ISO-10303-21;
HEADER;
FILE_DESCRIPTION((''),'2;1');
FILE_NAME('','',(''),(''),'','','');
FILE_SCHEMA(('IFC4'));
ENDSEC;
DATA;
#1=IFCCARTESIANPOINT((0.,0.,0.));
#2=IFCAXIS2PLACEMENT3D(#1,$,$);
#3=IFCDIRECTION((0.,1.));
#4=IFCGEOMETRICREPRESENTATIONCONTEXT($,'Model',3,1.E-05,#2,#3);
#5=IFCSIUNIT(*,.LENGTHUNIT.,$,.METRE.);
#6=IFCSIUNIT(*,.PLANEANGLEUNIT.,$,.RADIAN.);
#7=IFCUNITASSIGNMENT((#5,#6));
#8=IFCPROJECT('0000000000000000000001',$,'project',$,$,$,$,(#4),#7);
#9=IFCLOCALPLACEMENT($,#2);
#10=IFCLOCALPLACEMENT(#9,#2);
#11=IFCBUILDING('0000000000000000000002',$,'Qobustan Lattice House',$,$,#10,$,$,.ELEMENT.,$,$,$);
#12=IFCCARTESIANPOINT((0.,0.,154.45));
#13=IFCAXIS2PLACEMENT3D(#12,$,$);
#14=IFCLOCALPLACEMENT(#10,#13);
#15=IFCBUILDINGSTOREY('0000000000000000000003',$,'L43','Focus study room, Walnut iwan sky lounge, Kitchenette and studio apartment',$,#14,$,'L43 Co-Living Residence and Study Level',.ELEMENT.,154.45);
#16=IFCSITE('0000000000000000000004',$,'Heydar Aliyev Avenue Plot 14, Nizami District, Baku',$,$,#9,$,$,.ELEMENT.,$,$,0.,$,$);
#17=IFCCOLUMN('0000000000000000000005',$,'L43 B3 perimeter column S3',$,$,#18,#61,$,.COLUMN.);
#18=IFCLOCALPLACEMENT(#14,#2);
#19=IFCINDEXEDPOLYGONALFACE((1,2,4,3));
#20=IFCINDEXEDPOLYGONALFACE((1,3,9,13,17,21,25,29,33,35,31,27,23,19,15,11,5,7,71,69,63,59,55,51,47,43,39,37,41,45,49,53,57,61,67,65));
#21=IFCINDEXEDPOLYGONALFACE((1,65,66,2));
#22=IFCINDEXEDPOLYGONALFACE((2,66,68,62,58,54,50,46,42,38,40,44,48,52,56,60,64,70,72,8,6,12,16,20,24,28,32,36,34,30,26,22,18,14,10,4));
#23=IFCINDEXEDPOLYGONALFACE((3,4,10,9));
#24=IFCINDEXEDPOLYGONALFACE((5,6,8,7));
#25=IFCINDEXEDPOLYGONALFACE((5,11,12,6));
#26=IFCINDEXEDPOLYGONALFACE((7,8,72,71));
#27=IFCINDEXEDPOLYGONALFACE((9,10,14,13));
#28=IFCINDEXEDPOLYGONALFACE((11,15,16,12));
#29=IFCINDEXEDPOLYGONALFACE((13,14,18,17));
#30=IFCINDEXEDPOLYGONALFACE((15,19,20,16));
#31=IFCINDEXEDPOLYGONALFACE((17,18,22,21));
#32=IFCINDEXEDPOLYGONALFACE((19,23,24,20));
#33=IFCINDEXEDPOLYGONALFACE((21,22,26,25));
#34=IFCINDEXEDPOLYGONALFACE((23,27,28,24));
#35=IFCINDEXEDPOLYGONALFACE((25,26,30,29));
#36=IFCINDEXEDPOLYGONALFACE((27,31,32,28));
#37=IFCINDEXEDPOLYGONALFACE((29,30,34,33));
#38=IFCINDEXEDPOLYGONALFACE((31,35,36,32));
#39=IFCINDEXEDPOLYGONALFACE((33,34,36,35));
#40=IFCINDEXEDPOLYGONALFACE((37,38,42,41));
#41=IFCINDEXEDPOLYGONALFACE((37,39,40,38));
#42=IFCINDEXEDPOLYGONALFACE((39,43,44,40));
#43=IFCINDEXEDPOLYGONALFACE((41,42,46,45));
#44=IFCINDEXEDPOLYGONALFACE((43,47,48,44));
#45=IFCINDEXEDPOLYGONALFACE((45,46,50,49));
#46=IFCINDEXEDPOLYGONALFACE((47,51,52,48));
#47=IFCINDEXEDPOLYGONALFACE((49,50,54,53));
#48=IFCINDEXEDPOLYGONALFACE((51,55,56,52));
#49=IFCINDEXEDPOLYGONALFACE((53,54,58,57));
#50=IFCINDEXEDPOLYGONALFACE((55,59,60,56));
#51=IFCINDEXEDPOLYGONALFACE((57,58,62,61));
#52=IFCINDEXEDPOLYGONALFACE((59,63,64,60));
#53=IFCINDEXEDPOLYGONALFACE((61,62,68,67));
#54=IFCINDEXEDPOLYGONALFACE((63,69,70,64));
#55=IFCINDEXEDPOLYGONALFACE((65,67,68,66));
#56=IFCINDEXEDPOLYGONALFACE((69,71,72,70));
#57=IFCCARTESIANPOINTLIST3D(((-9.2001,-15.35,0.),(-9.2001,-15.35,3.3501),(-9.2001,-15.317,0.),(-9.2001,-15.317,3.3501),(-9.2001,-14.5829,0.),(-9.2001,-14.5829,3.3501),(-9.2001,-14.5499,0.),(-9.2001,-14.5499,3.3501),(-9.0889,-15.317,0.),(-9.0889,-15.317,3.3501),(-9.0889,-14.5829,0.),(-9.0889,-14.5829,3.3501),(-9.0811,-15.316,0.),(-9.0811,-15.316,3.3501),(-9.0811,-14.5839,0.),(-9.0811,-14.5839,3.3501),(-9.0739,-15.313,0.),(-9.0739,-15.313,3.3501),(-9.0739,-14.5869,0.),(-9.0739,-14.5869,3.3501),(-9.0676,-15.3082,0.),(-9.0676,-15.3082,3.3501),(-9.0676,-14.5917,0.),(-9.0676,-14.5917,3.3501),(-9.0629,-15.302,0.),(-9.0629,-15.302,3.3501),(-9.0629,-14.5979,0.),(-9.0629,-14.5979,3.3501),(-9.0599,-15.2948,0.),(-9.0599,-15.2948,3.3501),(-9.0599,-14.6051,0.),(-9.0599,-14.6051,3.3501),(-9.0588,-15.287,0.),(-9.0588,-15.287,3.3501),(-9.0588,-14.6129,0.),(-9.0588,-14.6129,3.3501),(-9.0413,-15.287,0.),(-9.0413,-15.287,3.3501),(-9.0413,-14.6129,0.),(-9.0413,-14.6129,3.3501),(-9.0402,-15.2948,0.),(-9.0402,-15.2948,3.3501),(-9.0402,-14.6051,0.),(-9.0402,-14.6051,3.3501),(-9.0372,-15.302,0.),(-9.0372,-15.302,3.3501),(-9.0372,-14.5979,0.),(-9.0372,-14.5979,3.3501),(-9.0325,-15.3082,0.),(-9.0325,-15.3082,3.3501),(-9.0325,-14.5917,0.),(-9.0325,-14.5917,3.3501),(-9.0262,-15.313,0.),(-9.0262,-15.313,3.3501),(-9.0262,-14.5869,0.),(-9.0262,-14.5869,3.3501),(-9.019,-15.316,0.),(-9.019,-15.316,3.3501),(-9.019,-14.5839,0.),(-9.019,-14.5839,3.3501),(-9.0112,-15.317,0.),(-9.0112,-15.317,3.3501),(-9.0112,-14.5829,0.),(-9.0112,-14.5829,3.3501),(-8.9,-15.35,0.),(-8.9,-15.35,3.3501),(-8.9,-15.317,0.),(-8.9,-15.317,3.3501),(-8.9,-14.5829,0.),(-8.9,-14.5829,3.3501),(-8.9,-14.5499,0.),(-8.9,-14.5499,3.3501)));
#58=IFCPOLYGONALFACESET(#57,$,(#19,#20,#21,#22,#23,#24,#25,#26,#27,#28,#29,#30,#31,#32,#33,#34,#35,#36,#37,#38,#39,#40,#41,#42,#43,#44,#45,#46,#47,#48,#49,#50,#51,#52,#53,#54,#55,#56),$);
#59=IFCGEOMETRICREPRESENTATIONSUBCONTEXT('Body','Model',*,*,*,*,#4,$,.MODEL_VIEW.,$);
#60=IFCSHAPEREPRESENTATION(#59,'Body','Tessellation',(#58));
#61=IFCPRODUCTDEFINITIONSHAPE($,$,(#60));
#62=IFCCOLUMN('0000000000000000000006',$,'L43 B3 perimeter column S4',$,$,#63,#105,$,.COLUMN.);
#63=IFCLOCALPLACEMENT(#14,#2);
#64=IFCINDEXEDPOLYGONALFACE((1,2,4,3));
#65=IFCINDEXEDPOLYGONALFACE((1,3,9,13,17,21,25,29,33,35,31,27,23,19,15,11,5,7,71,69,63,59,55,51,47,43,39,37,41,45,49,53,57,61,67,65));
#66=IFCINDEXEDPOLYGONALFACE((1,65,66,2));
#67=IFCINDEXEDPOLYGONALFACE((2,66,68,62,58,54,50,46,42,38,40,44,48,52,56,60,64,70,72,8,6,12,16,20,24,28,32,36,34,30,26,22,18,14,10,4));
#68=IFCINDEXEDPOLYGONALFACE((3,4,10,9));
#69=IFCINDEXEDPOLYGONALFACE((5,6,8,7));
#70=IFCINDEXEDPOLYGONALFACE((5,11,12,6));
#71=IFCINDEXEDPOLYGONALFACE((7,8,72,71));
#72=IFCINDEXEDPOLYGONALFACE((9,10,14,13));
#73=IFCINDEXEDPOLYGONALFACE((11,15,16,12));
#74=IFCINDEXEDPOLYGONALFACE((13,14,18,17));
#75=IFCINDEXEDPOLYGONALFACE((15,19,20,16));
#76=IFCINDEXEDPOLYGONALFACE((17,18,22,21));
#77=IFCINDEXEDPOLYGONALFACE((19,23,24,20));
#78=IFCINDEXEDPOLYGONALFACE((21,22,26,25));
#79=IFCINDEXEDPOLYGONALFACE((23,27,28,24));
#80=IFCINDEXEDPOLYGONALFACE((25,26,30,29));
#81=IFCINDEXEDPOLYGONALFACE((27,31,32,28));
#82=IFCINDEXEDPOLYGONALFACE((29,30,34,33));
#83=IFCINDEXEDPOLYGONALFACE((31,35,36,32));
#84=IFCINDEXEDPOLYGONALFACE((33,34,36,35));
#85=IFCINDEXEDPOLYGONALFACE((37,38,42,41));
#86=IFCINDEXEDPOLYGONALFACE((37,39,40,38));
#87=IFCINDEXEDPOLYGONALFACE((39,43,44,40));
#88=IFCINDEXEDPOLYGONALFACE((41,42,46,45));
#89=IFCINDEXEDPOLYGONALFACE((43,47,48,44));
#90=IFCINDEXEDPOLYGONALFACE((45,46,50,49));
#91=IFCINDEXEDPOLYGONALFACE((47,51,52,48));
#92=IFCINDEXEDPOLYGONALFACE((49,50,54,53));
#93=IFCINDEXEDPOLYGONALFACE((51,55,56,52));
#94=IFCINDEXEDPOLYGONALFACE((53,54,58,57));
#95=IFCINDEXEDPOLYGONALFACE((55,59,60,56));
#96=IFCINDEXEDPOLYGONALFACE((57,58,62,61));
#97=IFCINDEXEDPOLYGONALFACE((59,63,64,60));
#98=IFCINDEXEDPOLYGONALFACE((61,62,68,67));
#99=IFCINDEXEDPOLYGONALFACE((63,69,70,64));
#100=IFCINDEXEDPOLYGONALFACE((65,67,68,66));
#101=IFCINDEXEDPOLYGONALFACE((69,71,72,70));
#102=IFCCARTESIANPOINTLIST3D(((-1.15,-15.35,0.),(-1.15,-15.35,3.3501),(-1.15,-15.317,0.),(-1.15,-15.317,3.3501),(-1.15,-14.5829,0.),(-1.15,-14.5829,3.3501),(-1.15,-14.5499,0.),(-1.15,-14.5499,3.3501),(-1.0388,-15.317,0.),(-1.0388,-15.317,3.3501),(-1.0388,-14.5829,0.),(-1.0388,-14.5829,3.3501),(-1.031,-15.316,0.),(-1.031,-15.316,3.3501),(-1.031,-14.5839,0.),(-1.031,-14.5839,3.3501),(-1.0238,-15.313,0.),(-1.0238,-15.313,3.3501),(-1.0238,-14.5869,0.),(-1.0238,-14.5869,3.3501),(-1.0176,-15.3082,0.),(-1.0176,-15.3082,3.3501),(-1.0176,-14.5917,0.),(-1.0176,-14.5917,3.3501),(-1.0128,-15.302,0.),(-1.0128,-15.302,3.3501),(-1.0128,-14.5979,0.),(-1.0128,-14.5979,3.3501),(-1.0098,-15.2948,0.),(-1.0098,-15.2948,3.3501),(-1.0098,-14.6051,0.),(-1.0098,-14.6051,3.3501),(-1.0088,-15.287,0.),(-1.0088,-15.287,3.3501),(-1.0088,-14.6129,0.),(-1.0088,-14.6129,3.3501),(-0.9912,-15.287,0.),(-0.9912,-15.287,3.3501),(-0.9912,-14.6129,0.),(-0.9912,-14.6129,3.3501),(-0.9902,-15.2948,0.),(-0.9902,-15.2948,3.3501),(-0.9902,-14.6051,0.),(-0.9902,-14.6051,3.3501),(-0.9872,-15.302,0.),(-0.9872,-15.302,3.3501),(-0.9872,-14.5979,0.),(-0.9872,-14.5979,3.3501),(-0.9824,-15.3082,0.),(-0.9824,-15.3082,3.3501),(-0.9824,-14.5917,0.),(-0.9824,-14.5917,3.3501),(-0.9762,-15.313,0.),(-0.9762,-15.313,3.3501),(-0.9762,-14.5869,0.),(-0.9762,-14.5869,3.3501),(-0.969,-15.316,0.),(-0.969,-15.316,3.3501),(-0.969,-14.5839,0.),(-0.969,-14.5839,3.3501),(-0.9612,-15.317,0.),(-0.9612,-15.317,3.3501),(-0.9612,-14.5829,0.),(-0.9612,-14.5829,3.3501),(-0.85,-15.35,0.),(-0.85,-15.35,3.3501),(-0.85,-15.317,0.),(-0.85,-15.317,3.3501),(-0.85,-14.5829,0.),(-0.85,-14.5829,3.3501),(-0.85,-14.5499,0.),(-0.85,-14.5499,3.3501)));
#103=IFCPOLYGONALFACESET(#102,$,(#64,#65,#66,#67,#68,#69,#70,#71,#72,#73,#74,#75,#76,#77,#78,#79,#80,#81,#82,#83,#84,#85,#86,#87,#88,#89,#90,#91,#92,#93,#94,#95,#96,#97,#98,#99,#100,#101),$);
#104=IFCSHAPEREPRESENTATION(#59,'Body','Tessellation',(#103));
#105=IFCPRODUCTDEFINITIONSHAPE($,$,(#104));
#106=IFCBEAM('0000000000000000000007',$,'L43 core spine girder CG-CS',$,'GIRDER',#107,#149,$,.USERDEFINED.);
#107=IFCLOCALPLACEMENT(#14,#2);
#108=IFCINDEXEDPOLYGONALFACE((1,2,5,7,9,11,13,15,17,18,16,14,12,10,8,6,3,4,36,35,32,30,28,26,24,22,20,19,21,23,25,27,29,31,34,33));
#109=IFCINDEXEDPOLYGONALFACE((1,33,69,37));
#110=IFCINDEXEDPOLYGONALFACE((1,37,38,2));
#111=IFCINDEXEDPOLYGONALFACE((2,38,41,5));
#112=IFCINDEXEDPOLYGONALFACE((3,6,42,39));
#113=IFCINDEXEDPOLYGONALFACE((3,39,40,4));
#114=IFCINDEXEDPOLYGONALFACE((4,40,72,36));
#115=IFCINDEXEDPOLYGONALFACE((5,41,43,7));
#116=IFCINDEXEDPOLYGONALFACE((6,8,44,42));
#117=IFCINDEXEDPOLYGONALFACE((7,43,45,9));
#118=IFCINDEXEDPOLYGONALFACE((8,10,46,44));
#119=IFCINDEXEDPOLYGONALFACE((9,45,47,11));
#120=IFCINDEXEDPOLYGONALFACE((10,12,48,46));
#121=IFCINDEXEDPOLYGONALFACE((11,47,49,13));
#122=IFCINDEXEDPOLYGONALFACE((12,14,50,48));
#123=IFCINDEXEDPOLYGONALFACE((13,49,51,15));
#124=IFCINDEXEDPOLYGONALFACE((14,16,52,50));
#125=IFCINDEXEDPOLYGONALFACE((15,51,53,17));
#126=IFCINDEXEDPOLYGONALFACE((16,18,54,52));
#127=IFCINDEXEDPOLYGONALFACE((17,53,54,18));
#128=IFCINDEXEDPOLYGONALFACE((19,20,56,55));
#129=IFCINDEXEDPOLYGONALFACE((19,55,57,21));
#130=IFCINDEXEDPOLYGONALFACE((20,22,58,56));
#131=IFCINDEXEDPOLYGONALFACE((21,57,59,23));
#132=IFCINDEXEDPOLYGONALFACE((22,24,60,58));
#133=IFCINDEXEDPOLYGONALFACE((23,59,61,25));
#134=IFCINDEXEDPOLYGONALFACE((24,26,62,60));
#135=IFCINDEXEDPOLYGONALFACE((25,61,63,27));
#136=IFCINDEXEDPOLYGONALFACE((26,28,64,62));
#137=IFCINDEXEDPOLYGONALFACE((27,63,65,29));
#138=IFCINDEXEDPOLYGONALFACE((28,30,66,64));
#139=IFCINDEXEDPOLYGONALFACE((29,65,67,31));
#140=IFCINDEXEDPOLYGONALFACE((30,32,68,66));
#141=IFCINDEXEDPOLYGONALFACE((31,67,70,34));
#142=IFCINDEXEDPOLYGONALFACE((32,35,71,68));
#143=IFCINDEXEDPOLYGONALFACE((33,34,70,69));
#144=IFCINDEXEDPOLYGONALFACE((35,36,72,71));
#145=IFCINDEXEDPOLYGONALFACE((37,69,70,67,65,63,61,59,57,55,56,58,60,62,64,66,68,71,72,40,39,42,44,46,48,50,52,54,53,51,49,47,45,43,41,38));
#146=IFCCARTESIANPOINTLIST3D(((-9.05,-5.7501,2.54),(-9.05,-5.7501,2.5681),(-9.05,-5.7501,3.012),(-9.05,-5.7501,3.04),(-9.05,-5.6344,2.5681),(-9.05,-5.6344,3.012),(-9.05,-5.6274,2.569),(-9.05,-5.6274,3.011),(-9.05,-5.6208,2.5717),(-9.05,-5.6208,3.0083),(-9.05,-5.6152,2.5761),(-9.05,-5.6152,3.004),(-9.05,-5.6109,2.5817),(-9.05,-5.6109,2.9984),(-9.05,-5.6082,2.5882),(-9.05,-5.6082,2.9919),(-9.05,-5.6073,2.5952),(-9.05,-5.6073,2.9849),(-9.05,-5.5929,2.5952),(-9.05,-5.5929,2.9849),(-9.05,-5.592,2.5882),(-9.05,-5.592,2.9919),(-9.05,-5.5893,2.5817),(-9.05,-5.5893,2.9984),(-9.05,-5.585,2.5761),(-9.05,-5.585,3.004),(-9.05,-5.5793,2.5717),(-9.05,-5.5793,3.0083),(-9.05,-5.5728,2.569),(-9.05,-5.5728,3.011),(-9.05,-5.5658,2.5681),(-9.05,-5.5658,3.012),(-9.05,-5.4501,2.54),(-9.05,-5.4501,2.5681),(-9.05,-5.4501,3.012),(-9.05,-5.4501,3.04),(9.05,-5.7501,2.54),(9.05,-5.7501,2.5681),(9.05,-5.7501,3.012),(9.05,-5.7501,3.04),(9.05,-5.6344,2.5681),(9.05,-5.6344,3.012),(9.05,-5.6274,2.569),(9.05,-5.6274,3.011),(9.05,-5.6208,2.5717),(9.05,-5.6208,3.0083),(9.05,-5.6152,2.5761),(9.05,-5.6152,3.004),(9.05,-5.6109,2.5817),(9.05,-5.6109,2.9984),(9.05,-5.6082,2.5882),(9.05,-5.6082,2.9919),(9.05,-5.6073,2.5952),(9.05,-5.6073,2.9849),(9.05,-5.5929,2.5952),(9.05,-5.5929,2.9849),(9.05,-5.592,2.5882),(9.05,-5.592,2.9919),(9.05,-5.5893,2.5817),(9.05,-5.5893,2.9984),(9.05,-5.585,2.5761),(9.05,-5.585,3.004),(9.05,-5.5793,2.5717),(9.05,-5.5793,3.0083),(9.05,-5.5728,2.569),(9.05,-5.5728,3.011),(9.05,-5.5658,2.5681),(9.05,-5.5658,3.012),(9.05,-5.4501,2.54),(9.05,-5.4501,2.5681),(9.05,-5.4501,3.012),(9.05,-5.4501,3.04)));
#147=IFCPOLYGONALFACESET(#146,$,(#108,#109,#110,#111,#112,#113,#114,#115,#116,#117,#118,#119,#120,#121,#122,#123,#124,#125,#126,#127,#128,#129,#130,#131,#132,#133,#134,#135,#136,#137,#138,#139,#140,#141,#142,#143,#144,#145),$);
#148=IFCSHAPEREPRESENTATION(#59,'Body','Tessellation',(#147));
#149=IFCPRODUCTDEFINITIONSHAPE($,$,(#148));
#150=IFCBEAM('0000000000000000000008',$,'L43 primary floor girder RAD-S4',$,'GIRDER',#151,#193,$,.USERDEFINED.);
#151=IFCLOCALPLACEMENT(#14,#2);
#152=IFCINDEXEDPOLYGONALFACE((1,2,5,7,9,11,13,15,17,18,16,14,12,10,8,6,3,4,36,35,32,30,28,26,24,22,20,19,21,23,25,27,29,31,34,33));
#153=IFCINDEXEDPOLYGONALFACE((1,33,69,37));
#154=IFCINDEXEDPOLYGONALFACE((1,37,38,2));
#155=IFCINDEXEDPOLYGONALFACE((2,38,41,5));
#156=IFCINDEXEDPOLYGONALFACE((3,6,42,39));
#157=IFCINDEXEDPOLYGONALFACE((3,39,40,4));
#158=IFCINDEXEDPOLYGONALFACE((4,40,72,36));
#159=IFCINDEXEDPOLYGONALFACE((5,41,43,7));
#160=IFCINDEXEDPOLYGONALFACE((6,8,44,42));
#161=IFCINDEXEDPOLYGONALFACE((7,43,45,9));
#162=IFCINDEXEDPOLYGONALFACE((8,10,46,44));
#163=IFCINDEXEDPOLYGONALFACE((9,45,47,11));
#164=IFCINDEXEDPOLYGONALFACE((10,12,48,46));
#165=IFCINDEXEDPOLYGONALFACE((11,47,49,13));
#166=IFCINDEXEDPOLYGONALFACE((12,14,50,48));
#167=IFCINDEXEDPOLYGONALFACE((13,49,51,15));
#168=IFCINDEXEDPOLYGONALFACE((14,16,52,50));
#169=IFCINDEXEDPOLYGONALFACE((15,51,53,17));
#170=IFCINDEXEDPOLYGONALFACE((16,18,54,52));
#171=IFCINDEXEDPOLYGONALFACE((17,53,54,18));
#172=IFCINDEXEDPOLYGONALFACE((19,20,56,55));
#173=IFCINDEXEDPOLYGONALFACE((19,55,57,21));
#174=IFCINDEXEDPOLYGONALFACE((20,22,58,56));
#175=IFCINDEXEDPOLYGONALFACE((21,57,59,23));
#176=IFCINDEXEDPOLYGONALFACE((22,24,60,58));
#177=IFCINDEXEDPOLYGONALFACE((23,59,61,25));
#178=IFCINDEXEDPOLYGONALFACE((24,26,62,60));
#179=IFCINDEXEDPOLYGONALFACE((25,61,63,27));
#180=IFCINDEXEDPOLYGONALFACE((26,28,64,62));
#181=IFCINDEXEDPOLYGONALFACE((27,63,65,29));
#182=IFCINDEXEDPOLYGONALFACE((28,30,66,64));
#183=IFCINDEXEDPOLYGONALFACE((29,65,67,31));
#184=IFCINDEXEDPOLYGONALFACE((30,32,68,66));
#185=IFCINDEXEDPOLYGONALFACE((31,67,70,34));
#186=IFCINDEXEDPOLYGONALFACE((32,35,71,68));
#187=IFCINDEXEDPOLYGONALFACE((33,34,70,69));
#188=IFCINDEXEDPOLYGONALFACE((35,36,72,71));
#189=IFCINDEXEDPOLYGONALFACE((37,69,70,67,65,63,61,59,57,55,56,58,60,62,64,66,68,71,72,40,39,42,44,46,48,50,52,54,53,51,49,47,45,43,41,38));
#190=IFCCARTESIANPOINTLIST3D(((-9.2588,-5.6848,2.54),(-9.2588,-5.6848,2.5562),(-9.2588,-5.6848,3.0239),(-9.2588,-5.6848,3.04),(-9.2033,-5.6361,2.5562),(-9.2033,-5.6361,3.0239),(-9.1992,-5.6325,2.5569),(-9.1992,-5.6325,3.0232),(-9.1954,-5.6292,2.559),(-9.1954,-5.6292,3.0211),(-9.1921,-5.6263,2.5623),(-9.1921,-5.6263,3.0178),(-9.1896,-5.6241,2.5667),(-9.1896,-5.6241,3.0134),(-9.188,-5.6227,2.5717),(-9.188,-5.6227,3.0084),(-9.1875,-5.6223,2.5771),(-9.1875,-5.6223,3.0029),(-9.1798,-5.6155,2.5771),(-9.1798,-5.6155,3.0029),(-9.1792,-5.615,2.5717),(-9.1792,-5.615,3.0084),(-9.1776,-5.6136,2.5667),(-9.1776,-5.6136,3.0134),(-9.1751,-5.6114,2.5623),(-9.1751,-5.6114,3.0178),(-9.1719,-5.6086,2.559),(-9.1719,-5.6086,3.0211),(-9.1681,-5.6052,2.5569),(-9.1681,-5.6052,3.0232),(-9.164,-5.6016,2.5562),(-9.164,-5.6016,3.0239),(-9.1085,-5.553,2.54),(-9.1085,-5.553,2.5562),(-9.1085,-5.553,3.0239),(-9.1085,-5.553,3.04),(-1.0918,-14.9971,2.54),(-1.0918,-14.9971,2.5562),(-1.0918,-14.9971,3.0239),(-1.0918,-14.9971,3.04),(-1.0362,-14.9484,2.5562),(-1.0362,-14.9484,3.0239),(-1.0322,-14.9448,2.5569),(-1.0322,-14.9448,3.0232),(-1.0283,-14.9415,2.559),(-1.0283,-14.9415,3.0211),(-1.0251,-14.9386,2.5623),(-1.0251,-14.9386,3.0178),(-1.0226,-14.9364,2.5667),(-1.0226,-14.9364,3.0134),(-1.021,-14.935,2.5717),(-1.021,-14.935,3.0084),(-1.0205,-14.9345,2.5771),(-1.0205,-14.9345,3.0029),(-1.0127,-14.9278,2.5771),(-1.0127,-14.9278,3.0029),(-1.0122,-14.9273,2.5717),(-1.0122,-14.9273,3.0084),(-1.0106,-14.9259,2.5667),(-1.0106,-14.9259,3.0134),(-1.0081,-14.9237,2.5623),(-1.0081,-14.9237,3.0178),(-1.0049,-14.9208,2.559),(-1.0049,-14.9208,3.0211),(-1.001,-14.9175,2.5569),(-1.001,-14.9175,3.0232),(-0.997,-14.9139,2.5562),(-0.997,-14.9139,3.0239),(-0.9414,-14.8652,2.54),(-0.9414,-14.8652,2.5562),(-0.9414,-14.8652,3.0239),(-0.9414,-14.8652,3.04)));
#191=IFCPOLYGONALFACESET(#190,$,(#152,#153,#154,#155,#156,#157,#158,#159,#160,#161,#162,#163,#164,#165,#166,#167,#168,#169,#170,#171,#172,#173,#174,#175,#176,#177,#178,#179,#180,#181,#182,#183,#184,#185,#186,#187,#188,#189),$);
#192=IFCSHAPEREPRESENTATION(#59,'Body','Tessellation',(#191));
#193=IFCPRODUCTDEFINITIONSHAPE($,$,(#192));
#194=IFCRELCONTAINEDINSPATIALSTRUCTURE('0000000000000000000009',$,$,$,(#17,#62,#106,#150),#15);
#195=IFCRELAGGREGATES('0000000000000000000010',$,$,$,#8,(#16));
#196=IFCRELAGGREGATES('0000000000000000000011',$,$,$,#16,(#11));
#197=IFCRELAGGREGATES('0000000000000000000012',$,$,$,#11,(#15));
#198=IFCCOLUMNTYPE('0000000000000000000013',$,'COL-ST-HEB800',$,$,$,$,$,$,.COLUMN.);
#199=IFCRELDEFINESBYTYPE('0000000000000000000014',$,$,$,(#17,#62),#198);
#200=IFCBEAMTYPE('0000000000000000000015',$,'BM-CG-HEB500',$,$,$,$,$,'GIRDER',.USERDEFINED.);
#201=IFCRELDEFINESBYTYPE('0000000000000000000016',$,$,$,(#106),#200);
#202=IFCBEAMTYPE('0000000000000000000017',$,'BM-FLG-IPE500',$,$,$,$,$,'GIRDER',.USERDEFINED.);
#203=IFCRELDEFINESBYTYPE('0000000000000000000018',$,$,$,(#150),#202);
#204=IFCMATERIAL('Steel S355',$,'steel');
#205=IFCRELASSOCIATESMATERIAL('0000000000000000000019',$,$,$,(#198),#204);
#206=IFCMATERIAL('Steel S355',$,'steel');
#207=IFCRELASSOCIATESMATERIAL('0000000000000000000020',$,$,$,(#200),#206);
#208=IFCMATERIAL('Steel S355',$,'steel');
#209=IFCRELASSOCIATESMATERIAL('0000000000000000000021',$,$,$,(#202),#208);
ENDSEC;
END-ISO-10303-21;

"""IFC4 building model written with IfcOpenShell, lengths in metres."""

from ifc_helpers import new_model, si_unit, direction, frame, origin, origin_2d, place, context, subcontext, project, spatial, i_section, extrude, material, material_profile, profile_set, type_object, element, save


model = new_model("IFC4")

# Units and contexts
model_context = context("Model", 3, precision=1e-05, world=origin(), true_north=direction((0.0, 1.0)))
body_context = subcontext(model_context, "Body", "Model", "MODEL_VIEW")
ifc_project = project(units=[si_unit("LENGTHUNIT", "METRE"), si_unit("PLANEANGLEUNIT", "RADIAN")], contexts=[model_context])

# Site, building, storey
site_placement = place(None, origin())
site = spatial("IfcSite", under=ifc_project, at=site_placement, Name="Heydar Aliyev Avenue Plot 14, Nizami District, Baku", CompositionType="ELEMENT", RefElevation=0.0)
building_placement = place(site_placement, origin())
building = spatial("IfcBuilding", under=site, at=building_placement, Name="Qobustan Lattice House", CompositionType="ELEMENT")
storey_placement = place(building_placement, frame((0.0, 0.0, 154.45)))
storey = spatial("IfcBuildingStorey", under=building, at=storey_placement, Name="L43", Description="Focus study room, Walnut iwan sky lounge, Kitchenette and studio apartment", LongName="L43 Co-Living Residence and Study Level", CompositionType="ELEMENT", Elevation=154.45)

# Columns
ifc_material_1 = material(Name="Steel S355", Category="steel")
ifc_material_profile_1 = material_profile(ifc_material_1, i_section(OverallWidth=0.3, OverallDepth=0.8, WebThickness=0.0176, FlangeThickness=0.033, FilletRadius=0.03, at=origin_2d()), Name="HEB800")
ifc_profile_set_1 = profile_set([ifc_material_profile_1], Name="Steel S355")
column_type = type_object("IfcColumnType", Name="COL-ST-HEB800", PredefinedType="COLUMN", material=ifc_profile_set_1)
for number, where, z_axis, x_axis, name in (
    (1, (-9.05, -14.95, 0.0), (0.0, 0.0, 1.0), (1.0, 0.0, 0.0), "L43 B3 perimeter column S3"),
    (2, (-1.0, -14.95, 0.0), (0.0, 0.0, 1.0), (1.0, 0.0, 0.0), "L43 B3 perimeter column S4"),
):
    element("IfcColumn", number, at=place(storey_placement, frame(where, z_axis=z_axis, x_axis=x_axis)), inside=storey, type_object=column_type, Name=name, PredefinedType="COLUMN", context=body_context, shape_type="SweptSolid", body=[
        extrude(i_section(OverallWidth=0.3, OverallDepth=0.8, WebThickness=0.0176, FlangeThickness=0.033, FilletRadius=0.03, at=origin_2d()), origin(), (0.0, 0.0, 1.0), 3.3501),
    ])

# Beams
ifc_material_2 = material(Name="Steel S355", Category="steel")
ifc_material_profile_2 = material_profile(ifc_material_2, i_section(OverallWidth=0.3, OverallDepth=0.5, WebThickness=0.0144, FlangeThickness=0.0281, FilletRadius=0.0271, at=origin_2d()), Name="HEB500")
ifc_profile_set_2 = profile_set([ifc_material_profile_2], Name="Steel S355")
beam_type_1 = type_object("IfcBeamType", Name="BM-CG-HEB500", ElementType="GIRDER", PredefinedType="USERDEFINED", material=ifc_profile_set_2)
beam_1_placement = place(storey_placement, frame((-9.05, -5.6001, 2.79), z_axis=(1.0, 0.0, 0.0), x_axis=(0.0, 1.0, 0.0)))
element("IfcBeam", 3, at=beam_1_placement, inside=storey, type_object=beam_type_1, Name="L43 core spine girder CG-CS", ObjectType="GIRDER", PredefinedType="USERDEFINED", context=body_context, shape_type="SweptSolid", body=[
    extrude(i_section(OverallWidth=0.3, OverallDepth=0.5, WebThickness=0.0144, FlangeThickness=0.0281, FilletRadius=0.0271, at=origin_2d()), origin(), (0.0, 0.0, 1.0), 18.1001),
])
ifc_material_3 = material(Name="Steel S355", Category="steel")
ifc_material_profile_3 = material_profile(ifc_material_3, i_section(OverallWidth=0.2, OverallDepth=0.5, WebThickness=0.0103, FlangeThickness=0.0161, FilletRadius=0.021, at=origin_2d()), Name="IPE500")
ifc_profile_set_3 = profile_set([ifc_material_profile_3], Name="Steel S355")
beam_type_2 = type_object("IfcBeamType", Name="BM-FLG-IPE500", ElementType="GIRDER", PredefinedType="USERDEFINED", material=ifc_profile_set_3)
beam_2_placement = place(storey_placement, frame((-1.0166, -14.9312, 2.79), z_axis=(-0.659362, 0.751825, 0.0), x_axis=(-0.751825, -0.659362, 0.0)))
element("IfcBeam", 4, at=beam_2_placement, inside=storey, type_object=beam_type_2, Name="L43 primary floor girder RAD-S4", ObjectType="GIRDER", PredefinedType="USERDEFINED", context=body_context, shape_type="SweptSolid", body=[
    extrude(i_section(OverallWidth=0.2, OverallDepth=0.5, WebThickness=0.0103, FlangeThickness=0.0161, FilletRadius=0.021, at=origin_2d()), origin(), (0.0, 0.0, 1.0), 12.3862),
])

save(model, "model.ifc")
